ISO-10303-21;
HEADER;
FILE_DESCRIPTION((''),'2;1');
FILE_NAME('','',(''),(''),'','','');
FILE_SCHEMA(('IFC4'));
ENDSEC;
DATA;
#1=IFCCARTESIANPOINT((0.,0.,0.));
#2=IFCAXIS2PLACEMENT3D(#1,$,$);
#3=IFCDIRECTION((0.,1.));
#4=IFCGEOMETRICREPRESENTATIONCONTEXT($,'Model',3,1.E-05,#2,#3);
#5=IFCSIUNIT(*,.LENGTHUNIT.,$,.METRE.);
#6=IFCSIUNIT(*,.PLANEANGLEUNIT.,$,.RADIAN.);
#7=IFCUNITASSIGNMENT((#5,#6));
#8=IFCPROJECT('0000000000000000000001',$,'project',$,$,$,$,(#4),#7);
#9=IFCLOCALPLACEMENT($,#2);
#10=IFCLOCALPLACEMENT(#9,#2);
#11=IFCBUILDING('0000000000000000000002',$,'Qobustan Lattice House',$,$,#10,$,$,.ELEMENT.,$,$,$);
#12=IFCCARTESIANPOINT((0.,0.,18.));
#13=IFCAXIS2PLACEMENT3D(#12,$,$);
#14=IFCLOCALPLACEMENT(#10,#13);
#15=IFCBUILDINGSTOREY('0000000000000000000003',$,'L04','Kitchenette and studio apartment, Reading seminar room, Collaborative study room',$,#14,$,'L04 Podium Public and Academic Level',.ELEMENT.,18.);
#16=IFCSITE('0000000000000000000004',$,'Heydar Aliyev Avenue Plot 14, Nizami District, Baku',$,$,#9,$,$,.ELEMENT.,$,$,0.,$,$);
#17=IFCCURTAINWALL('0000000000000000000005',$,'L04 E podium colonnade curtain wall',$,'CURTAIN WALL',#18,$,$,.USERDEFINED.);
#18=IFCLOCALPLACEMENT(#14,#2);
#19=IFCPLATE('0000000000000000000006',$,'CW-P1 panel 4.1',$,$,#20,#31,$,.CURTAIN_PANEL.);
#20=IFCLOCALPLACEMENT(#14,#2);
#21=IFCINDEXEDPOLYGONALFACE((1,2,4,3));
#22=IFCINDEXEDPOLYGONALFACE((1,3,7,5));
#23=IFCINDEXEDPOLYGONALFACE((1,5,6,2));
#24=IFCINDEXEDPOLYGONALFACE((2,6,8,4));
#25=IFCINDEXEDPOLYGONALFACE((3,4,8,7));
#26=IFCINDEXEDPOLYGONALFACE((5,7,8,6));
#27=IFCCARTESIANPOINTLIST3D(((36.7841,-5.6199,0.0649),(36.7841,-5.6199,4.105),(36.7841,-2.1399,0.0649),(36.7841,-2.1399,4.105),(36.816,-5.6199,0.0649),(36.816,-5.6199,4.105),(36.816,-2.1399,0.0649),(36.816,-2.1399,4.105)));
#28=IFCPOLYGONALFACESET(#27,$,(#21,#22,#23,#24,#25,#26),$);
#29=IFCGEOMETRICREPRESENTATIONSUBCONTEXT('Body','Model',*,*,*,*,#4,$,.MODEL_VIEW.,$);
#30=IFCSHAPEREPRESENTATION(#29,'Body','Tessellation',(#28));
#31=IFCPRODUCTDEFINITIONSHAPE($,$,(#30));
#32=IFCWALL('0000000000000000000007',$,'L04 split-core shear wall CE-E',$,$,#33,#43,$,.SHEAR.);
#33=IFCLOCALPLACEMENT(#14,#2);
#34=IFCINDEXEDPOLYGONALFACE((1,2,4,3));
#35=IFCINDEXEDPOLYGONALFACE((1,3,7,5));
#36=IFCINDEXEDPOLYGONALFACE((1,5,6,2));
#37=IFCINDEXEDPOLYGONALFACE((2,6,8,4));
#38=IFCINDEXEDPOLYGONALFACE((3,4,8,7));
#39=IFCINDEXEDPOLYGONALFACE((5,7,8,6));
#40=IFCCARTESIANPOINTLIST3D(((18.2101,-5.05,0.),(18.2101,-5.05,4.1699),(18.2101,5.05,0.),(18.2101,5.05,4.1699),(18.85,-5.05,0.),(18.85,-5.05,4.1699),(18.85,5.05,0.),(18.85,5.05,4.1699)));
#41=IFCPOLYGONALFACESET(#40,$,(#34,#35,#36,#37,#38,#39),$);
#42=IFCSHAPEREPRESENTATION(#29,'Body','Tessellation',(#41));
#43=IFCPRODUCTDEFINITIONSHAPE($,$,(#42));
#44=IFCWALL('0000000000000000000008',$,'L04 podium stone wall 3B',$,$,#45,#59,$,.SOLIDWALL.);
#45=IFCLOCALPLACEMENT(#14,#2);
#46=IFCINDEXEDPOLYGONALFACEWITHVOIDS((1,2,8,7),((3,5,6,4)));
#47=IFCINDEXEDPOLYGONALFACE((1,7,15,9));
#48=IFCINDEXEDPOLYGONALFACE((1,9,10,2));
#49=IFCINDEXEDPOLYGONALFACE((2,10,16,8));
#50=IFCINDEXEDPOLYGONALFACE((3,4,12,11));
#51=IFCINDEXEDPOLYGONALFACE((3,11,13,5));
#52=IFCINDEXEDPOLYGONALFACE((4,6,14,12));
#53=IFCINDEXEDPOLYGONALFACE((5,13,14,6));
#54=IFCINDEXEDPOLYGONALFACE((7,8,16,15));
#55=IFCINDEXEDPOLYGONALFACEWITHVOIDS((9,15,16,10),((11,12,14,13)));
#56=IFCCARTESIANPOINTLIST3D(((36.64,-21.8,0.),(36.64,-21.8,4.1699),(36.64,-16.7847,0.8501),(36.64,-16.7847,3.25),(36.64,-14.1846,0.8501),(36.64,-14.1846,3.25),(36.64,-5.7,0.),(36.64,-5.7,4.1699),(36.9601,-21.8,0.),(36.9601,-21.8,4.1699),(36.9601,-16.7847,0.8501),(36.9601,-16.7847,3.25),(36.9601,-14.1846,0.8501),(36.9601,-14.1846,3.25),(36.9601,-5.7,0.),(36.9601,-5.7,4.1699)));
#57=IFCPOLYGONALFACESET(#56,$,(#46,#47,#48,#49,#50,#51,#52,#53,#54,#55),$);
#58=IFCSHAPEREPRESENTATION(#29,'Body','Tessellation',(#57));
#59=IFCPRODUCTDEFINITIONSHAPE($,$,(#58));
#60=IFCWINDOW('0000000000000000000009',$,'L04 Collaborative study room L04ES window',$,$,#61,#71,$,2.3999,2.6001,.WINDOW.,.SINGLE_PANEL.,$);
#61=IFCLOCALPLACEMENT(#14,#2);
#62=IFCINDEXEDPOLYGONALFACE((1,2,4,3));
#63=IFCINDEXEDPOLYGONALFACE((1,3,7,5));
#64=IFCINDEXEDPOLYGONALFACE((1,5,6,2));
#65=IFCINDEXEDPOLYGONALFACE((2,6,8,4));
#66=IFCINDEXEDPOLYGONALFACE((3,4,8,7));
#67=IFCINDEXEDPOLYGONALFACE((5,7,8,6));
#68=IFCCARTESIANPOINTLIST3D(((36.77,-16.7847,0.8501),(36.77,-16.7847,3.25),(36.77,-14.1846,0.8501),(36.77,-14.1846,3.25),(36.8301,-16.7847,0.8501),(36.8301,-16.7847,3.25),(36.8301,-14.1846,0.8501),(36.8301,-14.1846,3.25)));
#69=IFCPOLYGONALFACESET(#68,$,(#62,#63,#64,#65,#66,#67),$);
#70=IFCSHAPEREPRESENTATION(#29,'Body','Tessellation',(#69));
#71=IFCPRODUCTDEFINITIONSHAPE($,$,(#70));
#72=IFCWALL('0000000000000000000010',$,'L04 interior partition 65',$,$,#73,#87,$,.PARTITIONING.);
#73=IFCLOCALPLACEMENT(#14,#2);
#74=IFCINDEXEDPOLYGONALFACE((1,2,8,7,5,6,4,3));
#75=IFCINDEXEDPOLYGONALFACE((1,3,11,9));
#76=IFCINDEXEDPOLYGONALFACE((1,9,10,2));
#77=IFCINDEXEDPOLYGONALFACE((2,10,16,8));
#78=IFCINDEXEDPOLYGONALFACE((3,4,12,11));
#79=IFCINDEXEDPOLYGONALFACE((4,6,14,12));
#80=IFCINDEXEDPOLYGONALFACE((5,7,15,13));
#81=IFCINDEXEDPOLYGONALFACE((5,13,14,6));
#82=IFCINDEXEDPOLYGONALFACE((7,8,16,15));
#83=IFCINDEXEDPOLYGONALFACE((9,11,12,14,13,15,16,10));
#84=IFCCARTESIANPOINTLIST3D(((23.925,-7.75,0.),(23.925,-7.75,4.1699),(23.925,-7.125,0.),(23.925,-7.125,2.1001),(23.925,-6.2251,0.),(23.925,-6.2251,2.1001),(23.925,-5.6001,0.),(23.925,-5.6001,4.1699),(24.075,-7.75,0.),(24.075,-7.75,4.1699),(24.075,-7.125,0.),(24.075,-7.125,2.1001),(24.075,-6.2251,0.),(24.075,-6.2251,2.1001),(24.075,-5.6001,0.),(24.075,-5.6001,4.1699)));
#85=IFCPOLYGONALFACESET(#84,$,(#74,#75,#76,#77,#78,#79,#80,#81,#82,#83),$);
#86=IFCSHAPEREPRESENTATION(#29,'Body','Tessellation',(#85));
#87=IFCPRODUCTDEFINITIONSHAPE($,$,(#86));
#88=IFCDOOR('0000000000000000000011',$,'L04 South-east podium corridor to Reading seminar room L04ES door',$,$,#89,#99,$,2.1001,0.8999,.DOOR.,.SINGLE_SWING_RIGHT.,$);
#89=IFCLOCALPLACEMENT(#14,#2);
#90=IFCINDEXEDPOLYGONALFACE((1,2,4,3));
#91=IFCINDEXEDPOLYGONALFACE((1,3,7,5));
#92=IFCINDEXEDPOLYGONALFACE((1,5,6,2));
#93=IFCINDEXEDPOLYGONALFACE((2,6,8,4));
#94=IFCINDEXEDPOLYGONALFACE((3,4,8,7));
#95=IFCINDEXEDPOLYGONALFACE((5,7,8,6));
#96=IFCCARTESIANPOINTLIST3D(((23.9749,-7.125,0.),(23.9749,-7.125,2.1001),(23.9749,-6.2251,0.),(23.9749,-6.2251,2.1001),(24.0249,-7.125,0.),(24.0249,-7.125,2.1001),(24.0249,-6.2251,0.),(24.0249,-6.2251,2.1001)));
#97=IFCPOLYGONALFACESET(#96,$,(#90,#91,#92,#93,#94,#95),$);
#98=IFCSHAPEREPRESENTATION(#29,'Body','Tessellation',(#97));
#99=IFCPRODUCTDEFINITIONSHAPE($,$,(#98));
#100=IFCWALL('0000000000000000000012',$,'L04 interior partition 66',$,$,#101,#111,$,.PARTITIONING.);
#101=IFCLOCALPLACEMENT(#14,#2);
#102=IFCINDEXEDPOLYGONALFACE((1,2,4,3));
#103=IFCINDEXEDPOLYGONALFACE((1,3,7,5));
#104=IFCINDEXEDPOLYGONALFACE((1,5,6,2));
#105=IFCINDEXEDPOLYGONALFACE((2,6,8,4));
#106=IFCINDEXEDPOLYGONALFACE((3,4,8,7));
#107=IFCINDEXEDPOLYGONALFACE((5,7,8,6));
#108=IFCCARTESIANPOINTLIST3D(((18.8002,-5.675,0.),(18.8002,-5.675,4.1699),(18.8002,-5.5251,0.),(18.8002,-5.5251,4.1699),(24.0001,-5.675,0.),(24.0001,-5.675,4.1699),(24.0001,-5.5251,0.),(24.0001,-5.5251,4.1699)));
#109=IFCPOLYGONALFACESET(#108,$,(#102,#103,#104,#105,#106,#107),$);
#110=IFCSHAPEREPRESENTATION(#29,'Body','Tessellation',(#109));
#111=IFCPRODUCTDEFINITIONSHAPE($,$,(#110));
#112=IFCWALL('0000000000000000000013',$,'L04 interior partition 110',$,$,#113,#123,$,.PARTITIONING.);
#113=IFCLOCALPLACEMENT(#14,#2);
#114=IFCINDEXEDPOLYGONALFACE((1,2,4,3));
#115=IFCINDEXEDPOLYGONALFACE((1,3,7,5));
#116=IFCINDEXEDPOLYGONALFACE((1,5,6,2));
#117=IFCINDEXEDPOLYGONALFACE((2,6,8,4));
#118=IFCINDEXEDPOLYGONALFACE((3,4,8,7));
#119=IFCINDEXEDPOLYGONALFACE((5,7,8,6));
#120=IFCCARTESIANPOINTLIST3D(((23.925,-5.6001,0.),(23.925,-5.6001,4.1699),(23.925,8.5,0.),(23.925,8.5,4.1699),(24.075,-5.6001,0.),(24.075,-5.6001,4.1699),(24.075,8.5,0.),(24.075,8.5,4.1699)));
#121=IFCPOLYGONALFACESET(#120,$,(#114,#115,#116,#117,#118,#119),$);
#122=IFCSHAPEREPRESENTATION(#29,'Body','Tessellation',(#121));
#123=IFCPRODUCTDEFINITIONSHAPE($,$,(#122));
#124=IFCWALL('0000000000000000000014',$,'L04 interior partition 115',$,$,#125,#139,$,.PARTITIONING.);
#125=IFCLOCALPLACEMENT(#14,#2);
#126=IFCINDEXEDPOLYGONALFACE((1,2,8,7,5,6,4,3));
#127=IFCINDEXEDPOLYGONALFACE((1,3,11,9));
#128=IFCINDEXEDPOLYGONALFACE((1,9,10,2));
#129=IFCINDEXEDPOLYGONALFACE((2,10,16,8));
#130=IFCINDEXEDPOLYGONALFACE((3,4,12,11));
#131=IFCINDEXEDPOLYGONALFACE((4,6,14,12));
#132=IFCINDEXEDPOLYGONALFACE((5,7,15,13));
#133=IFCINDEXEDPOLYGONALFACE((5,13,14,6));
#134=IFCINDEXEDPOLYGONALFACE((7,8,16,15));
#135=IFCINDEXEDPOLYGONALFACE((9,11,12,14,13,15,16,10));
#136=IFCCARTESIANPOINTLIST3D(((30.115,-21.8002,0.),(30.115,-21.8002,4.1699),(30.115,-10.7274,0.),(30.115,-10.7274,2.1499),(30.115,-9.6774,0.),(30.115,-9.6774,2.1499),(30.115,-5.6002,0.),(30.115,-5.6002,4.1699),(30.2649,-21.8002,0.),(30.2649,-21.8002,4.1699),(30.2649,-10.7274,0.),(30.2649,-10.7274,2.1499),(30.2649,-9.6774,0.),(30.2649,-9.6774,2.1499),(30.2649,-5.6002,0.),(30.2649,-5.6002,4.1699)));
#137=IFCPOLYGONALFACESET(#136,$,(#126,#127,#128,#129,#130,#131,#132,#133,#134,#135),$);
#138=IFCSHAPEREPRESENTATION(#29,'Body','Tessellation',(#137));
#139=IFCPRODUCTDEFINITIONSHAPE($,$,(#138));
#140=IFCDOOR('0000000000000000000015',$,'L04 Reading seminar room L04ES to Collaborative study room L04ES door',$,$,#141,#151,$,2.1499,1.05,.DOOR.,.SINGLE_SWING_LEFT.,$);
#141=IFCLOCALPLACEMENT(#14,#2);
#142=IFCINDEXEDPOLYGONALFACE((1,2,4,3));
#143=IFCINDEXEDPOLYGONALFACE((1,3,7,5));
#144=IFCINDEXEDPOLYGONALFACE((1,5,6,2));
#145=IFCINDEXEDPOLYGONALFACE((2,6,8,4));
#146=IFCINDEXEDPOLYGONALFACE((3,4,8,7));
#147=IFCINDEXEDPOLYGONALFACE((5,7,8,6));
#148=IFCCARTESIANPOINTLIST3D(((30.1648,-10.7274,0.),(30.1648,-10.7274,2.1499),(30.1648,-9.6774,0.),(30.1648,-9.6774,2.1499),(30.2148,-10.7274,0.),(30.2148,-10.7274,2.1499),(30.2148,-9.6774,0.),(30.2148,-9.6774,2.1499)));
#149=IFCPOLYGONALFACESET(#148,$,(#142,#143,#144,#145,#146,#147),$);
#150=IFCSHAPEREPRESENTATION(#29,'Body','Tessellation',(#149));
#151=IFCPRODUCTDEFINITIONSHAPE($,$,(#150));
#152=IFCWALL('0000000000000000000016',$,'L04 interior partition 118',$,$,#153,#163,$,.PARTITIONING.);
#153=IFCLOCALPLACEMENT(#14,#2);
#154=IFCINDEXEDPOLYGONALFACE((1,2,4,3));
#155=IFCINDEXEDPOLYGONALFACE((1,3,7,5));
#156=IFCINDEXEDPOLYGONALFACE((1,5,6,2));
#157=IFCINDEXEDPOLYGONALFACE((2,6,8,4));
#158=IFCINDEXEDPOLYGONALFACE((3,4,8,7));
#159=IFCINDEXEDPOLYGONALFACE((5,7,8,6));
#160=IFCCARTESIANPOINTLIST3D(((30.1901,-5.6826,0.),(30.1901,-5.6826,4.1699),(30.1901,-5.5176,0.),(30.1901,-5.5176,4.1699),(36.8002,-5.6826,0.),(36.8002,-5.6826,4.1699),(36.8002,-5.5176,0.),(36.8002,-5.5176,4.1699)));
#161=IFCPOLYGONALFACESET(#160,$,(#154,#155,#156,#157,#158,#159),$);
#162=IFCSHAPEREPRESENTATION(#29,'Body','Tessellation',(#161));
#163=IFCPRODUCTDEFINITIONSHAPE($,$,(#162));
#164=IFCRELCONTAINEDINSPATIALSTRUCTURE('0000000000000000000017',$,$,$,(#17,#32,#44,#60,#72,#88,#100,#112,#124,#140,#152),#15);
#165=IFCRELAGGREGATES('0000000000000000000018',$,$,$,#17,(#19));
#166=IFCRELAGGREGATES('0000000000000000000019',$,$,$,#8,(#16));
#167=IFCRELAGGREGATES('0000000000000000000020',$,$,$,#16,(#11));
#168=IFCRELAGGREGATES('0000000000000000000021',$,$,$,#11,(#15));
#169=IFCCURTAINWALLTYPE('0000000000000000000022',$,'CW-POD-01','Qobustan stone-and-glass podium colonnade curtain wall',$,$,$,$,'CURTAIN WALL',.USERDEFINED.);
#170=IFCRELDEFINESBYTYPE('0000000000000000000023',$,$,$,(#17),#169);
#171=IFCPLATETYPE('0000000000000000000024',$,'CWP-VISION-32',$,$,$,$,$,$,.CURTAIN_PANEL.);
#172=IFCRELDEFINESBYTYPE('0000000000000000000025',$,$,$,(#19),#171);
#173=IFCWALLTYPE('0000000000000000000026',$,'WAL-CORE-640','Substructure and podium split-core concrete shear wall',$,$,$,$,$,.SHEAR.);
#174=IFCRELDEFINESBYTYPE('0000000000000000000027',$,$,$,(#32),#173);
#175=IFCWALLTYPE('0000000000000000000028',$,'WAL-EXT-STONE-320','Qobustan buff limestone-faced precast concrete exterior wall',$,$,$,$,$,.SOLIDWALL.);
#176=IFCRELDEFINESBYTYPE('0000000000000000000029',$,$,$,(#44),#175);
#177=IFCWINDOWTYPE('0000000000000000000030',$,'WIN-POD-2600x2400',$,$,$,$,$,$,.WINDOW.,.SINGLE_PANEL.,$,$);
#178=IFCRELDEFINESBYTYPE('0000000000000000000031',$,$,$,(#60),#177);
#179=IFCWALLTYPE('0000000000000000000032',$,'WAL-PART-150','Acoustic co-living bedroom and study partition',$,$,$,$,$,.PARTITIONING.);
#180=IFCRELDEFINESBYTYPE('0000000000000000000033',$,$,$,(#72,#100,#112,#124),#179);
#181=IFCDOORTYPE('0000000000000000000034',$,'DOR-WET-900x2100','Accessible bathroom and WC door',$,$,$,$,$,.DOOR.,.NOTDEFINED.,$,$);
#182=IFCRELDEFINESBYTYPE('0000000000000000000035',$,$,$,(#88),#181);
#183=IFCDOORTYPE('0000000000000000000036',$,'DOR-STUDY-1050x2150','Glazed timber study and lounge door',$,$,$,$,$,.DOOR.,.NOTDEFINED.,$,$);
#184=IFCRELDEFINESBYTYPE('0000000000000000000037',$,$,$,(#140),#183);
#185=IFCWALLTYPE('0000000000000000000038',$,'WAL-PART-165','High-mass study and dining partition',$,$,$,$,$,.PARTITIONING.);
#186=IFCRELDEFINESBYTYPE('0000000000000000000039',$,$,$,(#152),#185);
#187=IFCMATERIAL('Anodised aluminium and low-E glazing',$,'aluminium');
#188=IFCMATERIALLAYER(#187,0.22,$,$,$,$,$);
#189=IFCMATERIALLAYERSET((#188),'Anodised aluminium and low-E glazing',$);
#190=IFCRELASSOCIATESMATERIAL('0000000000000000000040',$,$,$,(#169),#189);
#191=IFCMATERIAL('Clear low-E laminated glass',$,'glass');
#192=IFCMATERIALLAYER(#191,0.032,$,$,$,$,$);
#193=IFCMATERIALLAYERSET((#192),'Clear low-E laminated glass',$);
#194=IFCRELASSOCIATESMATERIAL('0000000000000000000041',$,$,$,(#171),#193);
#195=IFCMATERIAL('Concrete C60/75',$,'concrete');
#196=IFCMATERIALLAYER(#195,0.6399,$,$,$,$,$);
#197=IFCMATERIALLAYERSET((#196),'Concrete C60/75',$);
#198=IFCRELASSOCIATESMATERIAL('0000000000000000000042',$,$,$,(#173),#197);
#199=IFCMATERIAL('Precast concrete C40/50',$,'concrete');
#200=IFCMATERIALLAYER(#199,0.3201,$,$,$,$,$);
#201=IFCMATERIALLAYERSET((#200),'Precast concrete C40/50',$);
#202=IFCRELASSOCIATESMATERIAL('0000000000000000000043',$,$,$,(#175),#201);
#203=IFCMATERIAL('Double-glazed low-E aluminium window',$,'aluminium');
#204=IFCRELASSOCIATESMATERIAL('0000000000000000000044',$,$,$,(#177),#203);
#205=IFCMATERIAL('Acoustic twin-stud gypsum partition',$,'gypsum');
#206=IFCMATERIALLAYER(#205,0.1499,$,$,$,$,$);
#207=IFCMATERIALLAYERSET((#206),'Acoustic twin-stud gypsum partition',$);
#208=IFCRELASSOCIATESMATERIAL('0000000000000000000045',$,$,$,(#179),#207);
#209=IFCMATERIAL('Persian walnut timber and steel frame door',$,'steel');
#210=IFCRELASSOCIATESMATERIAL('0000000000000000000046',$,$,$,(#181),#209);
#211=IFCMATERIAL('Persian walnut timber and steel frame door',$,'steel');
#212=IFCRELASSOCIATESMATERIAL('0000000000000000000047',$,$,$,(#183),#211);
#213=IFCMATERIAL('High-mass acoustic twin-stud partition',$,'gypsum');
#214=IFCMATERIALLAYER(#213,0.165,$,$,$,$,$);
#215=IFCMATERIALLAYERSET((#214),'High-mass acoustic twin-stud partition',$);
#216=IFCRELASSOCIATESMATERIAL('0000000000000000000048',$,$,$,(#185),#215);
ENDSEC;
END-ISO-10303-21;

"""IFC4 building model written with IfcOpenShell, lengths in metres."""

from ifc_helpers import new_model, si_unit, direction, frame, frame_2d, origin, origin_2d, place, context, subcontext, project, spatial, rectangle, extrude, material, layer, layer_set, type_object, element, fill, aggregate, save


model = new_model("IFC4")

# Units and contexts
model_context = context("Model", 3, precision=1e-05, world=origin(), true_north=direction((0.0, 1.0)))
body_context = subcontext(model_context, "Body", "Model", "MODEL_VIEW")
ifc_project = project(units=[si_unit("LENGTHUNIT", "METRE"), si_unit("PLANEANGLEUNIT", "RADIAN")], contexts=[model_context])

# Site, building, storey
site_placement = place(None, origin())
site = spatial("IfcSite", under=ifc_project, at=site_placement, Name="Heydar Aliyev Avenue Plot 14, Nizami District, Baku", CompositionType="ELEMENT", RefElevation=0.0)
building_placement = place(site_placement, origin())
building = spatial("IfcBuilding", under=site, at=building_placement, Name="Qobustan Lattice House", CompositionType="ELEMENT")
storey_placement = place(building_placement, frame((0.0, 0.0, 18.0)))
storey = spatial("IfcBuildingStorey", under=building, at=storey_placement, Name="L04", Description="Kitchenette and studio apartment, Reading seminar room, Collaborative study room", LongName="L04 Podium Public and Academic Level", CompositionType="ELEMENT", Elevation=18.0)

# Curtain wall, plate
ifc_material_1 = material(Name="Anodised aluminium and low-E glazing", Category="aluminium")
ifc_layer_1 = layer(ifc_material_1, 0.22)
ifc_layer_set_1 = layer_set([ifc_layer_1], Name="Anodised aluminium and low-E glazing")
curtain_wall_type = type_object("IfcCurtainWallType", Name="CW-POD-01", Description="Qobustan stone-and-glass podium colonnade curtain wall", ElementType="CURTAIN WALL", PredefinedType="USERDEFINED", material=ifc_layer_set_1)
curtain_wall_placement = place(storey_placement, origin())
curtain_wall = element("IfcCurtainWall", 1, at=curtain_wall_placement, inside=storey, type_object=curtain_wall_type, Name="L04 E podium colonnade curtain wall", ObjectType="CURTAIN WALL", PredefinedType="USERDEFINED")
ifc_material_2 = material(Name="Clear low-E laminated glass", Category="glass")
ifc_layer_2 = layer(ifc_material_2, 0.032)
ifc_layer_set_2 = layer_set([ifc_layer_2], Name="Clear low-E laminated glass")
plate_type = type_object("IfcPlateType", Name="CWP-VISION-32", PredefinedType="CURTAIN_PANEL", material=ifc_layer_set_2)
plate_1_placement = place(storey_placement, frame((36.8, -3.8799, 0.0649), z_axis=(0.0, 0.0, 1.0), x_axis=(0.0, -1.0, 0.0)))
plate_1 = element("IfcPlate", 2, at=plate_1_placement, type_object=plate_type, Name="CW-P1 panel 4.1", PredefinedType="CURTAIN_PANEL", context=body_context, shape_type="SweptSolid", body=[
    extrude(rectangle(XDim=3.48, YDim=0.032, at=origin_2d()), origin(), (0.0, 0.0, 1.0), 4.04),
])
aggregate(curtain_wall, [plate_1])

# Wall
ifc_material_3 = material(Name="Concrete C60/75", Category="concrete")
ifc_layer_3 = layer(ifc_material_3, 0.6399)
ifc_layer_set_3 = layer_set([ifc_layer_3], Name="Concrete C60/75")
wall_type_1 = type_object("IfcWallType", Name="WAL-CORE-640", Description="Substructure and podium split-core concrete shear wall", PredefinedType="SHEAR", material=ifc_layer_set_3)
wall_1_placement = place(storey_placement, frame((18.53, -5.05, 0.0), z_axis=(0.0, 0.0, 1.0), x_axis=(0.0, 1.0, 0.0)))
element("IfcWall", 3, at=wall_1_placement, inside=storey, type_object=wall_type_1, Name="L04 split-core shear wall CE-E", PredefinedType="SHEAR", context=body_context, shape_type="SweptSolid", body=[
    extrude(rectangle(XDim=10.1001, YDim=0.6399, at=frame_2d((5.05, 0.0))), origin(), (0.0, 0.0, 1.0), 4.1699),
])

# Wall, opening, window
ifc_material_4 = material(Name="Precast concrete C40/50", Category="concrete")
ifc_layer_4 = layer(ifc_material_4, 0.3201)
ifc_layer_set_4 = layer_set([ifc_layer_4], Name="Precast concrete C40/50")
wall_type_2 = type_object("IfcWallType", Name="WAL-EXT-STONE-320", Description="Qobustan buff limestone-faced precast concrete exterior wall", PredefinedType="SOLIDWALL", material=ifc_layer_set_4)
wall_2_placement = place(storey_placement, frame((36.8, -5.7, 0.0), z_axis=(0.0, 0.0, 1.0), x_axis=(0.0, -1.0, 0.0)))
wall_2 = element("IfcWall", 4, at=wall_2_placement, inside=storey, type_object=wall_type_2, Name="L04 podium stone wall 3B", PredefinedType="SOLIDWALL", context=body_context, shape_type="SweptSolid", body=[
    extrude(rectangle(XDim=16.1001, YDim=0.3201, at=frame_2d((8.05, 0.0))), origin(), (0.0, 0.0, 1.0), 4.1699),
])
opening_1_placement = place(wall_2_placement, frame((8.4846, 0.0, 0.8501)))
opening_1 = element("IfcOpeningElement", 5, at=opening_1_placement, cuts=wall_2, PredefinedType="OPENING", context=body_context, shape_type="SweptSolid", body=[
    extrude(rectangle(XDim=2.6001, YDim=2.3999, at=frame_2d((1.3, 1.2))), frame((0.0, 0.1699, 0.0), z_axis=(0.0, -1.0, 0.0), x_axis=(1.0, 0.0, 0.0)), (0.0, 0.0, 1.0), 0.3401),
])
ifc_material_5 = material(Name="Double-glazed low-E aluminium window", Category="aluminium")
window_type = type_object("IfcWindowType", Name="WIN-POD-2600x2400", PartitioningType="SINGLE_PANEL", PredefinedType="WINDOW", material=ifc_material_5)
window_placement = place(opening_1_placement, origin())
window = element("IfcWindow", 6, at=window_placement, inside=storey, type_object=window_type, Name="L04 Collaborative study room L04ES window", OverallHeight=2.3999, OverallWidth=2.6001, PartitioningType="SINGLE_PANEL", PredefinedType="WINDOW", context=body_context, shape_type="SweptSolid", body=[
    extrude(rectangle(XDim=2.6001, YDim=2.3999, at=frame_2d((1.3, 1.2))), frame((0.0, 0.03, 0.0), z_axis=(0.0, -1.0, 0.0), x_axis=(1.0, 0.0, 0.0)), (0.0, 0.0, 1.0), 0.0601),
])
fill(opening_1, window)

# Wall, opening, door
ifc_material_6 = material(Name="Acoustic twin-stud gypsum partition", Category="gypsum")
ifc_layer_5 = layer(ifc_material_6, 0.1499)
ifc_layer_set_5 = layer_set([ifc_layer_5], Name="Acoustic twin-stud gypsum partition")
wall_type_3 = type_object("IfcWallType", Name="WAL-PART-150", Description="Acoustic co-living bedroom and study partition", PredefinedType="PARTITIONING", material=ifc_layer_set_5)
wall_3_placement = place(storey_placement, frame((24.0, -5.6001, 0.0), z_axis=(0.0, 0.0, 1.0), x_axis=(0.0, -1.0, 0.0)))
wall_3 = element("IfcWall", 7, at=wall_3_placement, inside=storey, type_object=wall_type_3, Name="L04 interior partition 65", PredefinedType="PARTITIONING", context=body_context, shape_type="SweptSolid", body=[
    extrude(rectangle(XDim=2.1499, YDim=0.1499, at=frame_2d((1.075, 0.0))), origin(), (0.0, 0.0, 1.0), 4.1699),
])
opening_2_placement = place(wall_3_placement, frame((0.625, 0.0, 0.0)))
opening_2 = element("IfcOpeningElement", 8, at=opening_2_placement, cuts=wall_3, PredefinedType="OPENING", context=body_context, shape_type="SweptSolid", body=[
    extrude(rectangle(XDim=0.8999, YDim=2.1001, at=frame_2d((0.45, 1.05))), frame((0.0, 0.085, 0.0), z_axis=(0.0, -1.0, 0.0), x_axis=(1.0, 0.0, 0.0)), (0.0, 0.0, 1.0), 0.1699),
])
ifc_material_7 = material(Name="Persian walnut timber and steel frame door", Category="steel")
door_type_1 = type_object("IfcDoorType", Name="DOR-WET-900x2100", Description="Accessible bathroom and WC door", OperationType="NOTDEFINED", PredefinedType="DOOR", material=ifc_material_7)
door_1_placement = place(opening_2_placement, origin())
door_1 = element("IfcDoor", 9, at=door_1_placement, inside=storey, type_object=door_type_1, Name="L04 South-east podium corridor to Reading seminar room L04ES door", OperationType="SINGLE_SWING_RIGHT", OverallHeight=2.1001, OverallWidth=0.8999, PredefinedType="DOOR", context=body_context, shape_type="SweptSolid", body=[
    extrude(rectangle(XDim=0.8999, YDim=2.1001, at=frame_2d((0.45, 1.05))), frame((0.0, 0.0249, 0.0), z_axis=(0.0, -1.0, 0.0), x_axis=(1.0, 0.0, 0.0)), (0.0, 0.0, 1.0), 0.05),
])
fill(opening_2, door_1)

# Wall
wall_4_placement = place(storey_placement, frame((18.8, -5.6001, 0.0), z_axis=(0.0, 0.0, 1.0), x_axis=(1.0, 0.0, 0.0)))
element("IfcWall", 10, at=wall_4_placement, inside=storey, type_object=wall_type_3, Name="L04 interior partition 66", PredefinedType="PARTITIONING", context=body_context, shape_type="SweptSolid", body=[
    extrude(rectangle(XDim=5.2, YDim=0.1499, at=frame_2d((2.6001, 0.0))), origin(), (0.0, 0.0, 1.0), 4.1699),
])

# Shared definitions
ifc_material_8 = material(Name="Persian walnut timber and steel frame door", Category="steel")
door_type_2 = type_object("IfcDoorType", Name="DOR-STUDY-1050x2150", Description="Glazed timber study and lounge door", OperationType="NOTDEFINED", PredefinedType="DOOR", material=ifc_material_8)

# Wall
wall_5_placement = place(storey_placement, frame((24.0, -5.6001, 0.0), z_axis=(0.0, 0.0, 1.0), x_axis=(0.0, 1.0, 0.0)))
element("IfcWall", 11, at=wall_5_placement, inside=storey, type_object=wall_type_3, Name="L04 interior partition 110", PredefinedType="PARTITIONING", context=body_context, shape_type="SweptSolid", body=[
    extrude(rectangle(XDim=14.1001, YDim=0.1499, at=frame_2d((7.05, 0.0))), origin(), (0.0, 0.0, 1.0), 4.1699),
])

# Wall, opening, door
wall_6_placement = place(storey_placement, frame((30.1899, -5.6001, 0.0), z_axis=(0.0, 0.0, 1.0), x_axis=(0.0, -1.0, 0.0)))
wall_6 = element("IfcWall", 12, at=wall_6_placement, inside=storey, type_object=wall_type_3, Name="L04 interior partition 115", PredefinedType="PARTITIONING", context=body_context, shape_type="SweptSolid", body=[
    extrude(rectangle(XDim=16.2, YDim=0.1499, at=frame_2d((8.1001, 0.0))), origin(), (0.0, 0.0, 1.0), 4.1699),
])
opening_3_placement = place(wall_6_placement, frame((4.0774, 0.0, 0.0)))
opening_3 = element("IfcOpeningElement", 13, at=opening_3_placement, cuts=wall_6, PredefinedType="OPENING", context=body_context, shape_type="SweptSolid", body=[
    extrude(rectangle(XDim=1.05, YDim=2.1499, at=frame_2d((0.5249, 1.075))), frame((0.0, 0.085, 0.0), z_axis=(0.0, -1.0, 0.0), x_axis=(1.0, 0.0, 0.0)), (0.0, 0.0, 1.0), 0.1699),
])
door_2_placement = place(opening_3_placement, origin())
door_2 = element("IfcDoor", 14, at=door_2_placement, inside=storey, type_object=door_type_2, Name="L04 Reading seminar room L04ES to Collaborative study room L04ES door", OperationType="SINGLE_SWING_LEFT", OverallHeight=2.1499, OverallWidth=1.05, PredefinedType="DOOR", context=body_context, shape_type="SweptSolid", body=[
    extrude(rectangle(XDim=1.05, YDim=2.1499, at=frame_2d((0.5249, 1.075))), frame((0.0, 0.0249, 0.0), z_axis=(0.0, -1.0, 0.0), x_axis=(1.0, 0.0, 0.0)), (0.0, 0.0, 1.0), 0.05),
])
fill(opening_3, door_2)

# Wall
ifc_material_9 = material(Name="High-mass acoustic twin-stud partition", Category="gypsum")
ifc_layer_6 = layer(ifc_material_9, 0.165)
ifc_layer_set_6 = layer_set([ifc_layer_6], Name="High-mass acoustic twin-stud partition")
wall_type_4 = type_object("IfcWallType", Name="WAL-PART-165", Description="High-mass study and dining partition", PredefinedType="PARTITIONING", material=ifc_layer_set_6)
wall_7_placement = place(storey_placement, frame((30.1899, -5.6001, 0.0), z_axis=(0.0, 0.0, 1.0), x_axis=(1.0, 0.0, 0.0)))
element("IfcWall", 15, at=wall_7_placement, inside=storey, type_object=wall_type_4, Name="L04 interior partition 118", PredefinedType="PARTITIONING", context=body_context, shape_type="SweptSolid", body=[
    extrude(rectangle(XDim=6.6101, YDim=0.165, at=frame_2d((3.3052, 0.0))), origin(), (0.0, 0.0, 1.0), 4.1699),
])

save(model, "model.ifc")
